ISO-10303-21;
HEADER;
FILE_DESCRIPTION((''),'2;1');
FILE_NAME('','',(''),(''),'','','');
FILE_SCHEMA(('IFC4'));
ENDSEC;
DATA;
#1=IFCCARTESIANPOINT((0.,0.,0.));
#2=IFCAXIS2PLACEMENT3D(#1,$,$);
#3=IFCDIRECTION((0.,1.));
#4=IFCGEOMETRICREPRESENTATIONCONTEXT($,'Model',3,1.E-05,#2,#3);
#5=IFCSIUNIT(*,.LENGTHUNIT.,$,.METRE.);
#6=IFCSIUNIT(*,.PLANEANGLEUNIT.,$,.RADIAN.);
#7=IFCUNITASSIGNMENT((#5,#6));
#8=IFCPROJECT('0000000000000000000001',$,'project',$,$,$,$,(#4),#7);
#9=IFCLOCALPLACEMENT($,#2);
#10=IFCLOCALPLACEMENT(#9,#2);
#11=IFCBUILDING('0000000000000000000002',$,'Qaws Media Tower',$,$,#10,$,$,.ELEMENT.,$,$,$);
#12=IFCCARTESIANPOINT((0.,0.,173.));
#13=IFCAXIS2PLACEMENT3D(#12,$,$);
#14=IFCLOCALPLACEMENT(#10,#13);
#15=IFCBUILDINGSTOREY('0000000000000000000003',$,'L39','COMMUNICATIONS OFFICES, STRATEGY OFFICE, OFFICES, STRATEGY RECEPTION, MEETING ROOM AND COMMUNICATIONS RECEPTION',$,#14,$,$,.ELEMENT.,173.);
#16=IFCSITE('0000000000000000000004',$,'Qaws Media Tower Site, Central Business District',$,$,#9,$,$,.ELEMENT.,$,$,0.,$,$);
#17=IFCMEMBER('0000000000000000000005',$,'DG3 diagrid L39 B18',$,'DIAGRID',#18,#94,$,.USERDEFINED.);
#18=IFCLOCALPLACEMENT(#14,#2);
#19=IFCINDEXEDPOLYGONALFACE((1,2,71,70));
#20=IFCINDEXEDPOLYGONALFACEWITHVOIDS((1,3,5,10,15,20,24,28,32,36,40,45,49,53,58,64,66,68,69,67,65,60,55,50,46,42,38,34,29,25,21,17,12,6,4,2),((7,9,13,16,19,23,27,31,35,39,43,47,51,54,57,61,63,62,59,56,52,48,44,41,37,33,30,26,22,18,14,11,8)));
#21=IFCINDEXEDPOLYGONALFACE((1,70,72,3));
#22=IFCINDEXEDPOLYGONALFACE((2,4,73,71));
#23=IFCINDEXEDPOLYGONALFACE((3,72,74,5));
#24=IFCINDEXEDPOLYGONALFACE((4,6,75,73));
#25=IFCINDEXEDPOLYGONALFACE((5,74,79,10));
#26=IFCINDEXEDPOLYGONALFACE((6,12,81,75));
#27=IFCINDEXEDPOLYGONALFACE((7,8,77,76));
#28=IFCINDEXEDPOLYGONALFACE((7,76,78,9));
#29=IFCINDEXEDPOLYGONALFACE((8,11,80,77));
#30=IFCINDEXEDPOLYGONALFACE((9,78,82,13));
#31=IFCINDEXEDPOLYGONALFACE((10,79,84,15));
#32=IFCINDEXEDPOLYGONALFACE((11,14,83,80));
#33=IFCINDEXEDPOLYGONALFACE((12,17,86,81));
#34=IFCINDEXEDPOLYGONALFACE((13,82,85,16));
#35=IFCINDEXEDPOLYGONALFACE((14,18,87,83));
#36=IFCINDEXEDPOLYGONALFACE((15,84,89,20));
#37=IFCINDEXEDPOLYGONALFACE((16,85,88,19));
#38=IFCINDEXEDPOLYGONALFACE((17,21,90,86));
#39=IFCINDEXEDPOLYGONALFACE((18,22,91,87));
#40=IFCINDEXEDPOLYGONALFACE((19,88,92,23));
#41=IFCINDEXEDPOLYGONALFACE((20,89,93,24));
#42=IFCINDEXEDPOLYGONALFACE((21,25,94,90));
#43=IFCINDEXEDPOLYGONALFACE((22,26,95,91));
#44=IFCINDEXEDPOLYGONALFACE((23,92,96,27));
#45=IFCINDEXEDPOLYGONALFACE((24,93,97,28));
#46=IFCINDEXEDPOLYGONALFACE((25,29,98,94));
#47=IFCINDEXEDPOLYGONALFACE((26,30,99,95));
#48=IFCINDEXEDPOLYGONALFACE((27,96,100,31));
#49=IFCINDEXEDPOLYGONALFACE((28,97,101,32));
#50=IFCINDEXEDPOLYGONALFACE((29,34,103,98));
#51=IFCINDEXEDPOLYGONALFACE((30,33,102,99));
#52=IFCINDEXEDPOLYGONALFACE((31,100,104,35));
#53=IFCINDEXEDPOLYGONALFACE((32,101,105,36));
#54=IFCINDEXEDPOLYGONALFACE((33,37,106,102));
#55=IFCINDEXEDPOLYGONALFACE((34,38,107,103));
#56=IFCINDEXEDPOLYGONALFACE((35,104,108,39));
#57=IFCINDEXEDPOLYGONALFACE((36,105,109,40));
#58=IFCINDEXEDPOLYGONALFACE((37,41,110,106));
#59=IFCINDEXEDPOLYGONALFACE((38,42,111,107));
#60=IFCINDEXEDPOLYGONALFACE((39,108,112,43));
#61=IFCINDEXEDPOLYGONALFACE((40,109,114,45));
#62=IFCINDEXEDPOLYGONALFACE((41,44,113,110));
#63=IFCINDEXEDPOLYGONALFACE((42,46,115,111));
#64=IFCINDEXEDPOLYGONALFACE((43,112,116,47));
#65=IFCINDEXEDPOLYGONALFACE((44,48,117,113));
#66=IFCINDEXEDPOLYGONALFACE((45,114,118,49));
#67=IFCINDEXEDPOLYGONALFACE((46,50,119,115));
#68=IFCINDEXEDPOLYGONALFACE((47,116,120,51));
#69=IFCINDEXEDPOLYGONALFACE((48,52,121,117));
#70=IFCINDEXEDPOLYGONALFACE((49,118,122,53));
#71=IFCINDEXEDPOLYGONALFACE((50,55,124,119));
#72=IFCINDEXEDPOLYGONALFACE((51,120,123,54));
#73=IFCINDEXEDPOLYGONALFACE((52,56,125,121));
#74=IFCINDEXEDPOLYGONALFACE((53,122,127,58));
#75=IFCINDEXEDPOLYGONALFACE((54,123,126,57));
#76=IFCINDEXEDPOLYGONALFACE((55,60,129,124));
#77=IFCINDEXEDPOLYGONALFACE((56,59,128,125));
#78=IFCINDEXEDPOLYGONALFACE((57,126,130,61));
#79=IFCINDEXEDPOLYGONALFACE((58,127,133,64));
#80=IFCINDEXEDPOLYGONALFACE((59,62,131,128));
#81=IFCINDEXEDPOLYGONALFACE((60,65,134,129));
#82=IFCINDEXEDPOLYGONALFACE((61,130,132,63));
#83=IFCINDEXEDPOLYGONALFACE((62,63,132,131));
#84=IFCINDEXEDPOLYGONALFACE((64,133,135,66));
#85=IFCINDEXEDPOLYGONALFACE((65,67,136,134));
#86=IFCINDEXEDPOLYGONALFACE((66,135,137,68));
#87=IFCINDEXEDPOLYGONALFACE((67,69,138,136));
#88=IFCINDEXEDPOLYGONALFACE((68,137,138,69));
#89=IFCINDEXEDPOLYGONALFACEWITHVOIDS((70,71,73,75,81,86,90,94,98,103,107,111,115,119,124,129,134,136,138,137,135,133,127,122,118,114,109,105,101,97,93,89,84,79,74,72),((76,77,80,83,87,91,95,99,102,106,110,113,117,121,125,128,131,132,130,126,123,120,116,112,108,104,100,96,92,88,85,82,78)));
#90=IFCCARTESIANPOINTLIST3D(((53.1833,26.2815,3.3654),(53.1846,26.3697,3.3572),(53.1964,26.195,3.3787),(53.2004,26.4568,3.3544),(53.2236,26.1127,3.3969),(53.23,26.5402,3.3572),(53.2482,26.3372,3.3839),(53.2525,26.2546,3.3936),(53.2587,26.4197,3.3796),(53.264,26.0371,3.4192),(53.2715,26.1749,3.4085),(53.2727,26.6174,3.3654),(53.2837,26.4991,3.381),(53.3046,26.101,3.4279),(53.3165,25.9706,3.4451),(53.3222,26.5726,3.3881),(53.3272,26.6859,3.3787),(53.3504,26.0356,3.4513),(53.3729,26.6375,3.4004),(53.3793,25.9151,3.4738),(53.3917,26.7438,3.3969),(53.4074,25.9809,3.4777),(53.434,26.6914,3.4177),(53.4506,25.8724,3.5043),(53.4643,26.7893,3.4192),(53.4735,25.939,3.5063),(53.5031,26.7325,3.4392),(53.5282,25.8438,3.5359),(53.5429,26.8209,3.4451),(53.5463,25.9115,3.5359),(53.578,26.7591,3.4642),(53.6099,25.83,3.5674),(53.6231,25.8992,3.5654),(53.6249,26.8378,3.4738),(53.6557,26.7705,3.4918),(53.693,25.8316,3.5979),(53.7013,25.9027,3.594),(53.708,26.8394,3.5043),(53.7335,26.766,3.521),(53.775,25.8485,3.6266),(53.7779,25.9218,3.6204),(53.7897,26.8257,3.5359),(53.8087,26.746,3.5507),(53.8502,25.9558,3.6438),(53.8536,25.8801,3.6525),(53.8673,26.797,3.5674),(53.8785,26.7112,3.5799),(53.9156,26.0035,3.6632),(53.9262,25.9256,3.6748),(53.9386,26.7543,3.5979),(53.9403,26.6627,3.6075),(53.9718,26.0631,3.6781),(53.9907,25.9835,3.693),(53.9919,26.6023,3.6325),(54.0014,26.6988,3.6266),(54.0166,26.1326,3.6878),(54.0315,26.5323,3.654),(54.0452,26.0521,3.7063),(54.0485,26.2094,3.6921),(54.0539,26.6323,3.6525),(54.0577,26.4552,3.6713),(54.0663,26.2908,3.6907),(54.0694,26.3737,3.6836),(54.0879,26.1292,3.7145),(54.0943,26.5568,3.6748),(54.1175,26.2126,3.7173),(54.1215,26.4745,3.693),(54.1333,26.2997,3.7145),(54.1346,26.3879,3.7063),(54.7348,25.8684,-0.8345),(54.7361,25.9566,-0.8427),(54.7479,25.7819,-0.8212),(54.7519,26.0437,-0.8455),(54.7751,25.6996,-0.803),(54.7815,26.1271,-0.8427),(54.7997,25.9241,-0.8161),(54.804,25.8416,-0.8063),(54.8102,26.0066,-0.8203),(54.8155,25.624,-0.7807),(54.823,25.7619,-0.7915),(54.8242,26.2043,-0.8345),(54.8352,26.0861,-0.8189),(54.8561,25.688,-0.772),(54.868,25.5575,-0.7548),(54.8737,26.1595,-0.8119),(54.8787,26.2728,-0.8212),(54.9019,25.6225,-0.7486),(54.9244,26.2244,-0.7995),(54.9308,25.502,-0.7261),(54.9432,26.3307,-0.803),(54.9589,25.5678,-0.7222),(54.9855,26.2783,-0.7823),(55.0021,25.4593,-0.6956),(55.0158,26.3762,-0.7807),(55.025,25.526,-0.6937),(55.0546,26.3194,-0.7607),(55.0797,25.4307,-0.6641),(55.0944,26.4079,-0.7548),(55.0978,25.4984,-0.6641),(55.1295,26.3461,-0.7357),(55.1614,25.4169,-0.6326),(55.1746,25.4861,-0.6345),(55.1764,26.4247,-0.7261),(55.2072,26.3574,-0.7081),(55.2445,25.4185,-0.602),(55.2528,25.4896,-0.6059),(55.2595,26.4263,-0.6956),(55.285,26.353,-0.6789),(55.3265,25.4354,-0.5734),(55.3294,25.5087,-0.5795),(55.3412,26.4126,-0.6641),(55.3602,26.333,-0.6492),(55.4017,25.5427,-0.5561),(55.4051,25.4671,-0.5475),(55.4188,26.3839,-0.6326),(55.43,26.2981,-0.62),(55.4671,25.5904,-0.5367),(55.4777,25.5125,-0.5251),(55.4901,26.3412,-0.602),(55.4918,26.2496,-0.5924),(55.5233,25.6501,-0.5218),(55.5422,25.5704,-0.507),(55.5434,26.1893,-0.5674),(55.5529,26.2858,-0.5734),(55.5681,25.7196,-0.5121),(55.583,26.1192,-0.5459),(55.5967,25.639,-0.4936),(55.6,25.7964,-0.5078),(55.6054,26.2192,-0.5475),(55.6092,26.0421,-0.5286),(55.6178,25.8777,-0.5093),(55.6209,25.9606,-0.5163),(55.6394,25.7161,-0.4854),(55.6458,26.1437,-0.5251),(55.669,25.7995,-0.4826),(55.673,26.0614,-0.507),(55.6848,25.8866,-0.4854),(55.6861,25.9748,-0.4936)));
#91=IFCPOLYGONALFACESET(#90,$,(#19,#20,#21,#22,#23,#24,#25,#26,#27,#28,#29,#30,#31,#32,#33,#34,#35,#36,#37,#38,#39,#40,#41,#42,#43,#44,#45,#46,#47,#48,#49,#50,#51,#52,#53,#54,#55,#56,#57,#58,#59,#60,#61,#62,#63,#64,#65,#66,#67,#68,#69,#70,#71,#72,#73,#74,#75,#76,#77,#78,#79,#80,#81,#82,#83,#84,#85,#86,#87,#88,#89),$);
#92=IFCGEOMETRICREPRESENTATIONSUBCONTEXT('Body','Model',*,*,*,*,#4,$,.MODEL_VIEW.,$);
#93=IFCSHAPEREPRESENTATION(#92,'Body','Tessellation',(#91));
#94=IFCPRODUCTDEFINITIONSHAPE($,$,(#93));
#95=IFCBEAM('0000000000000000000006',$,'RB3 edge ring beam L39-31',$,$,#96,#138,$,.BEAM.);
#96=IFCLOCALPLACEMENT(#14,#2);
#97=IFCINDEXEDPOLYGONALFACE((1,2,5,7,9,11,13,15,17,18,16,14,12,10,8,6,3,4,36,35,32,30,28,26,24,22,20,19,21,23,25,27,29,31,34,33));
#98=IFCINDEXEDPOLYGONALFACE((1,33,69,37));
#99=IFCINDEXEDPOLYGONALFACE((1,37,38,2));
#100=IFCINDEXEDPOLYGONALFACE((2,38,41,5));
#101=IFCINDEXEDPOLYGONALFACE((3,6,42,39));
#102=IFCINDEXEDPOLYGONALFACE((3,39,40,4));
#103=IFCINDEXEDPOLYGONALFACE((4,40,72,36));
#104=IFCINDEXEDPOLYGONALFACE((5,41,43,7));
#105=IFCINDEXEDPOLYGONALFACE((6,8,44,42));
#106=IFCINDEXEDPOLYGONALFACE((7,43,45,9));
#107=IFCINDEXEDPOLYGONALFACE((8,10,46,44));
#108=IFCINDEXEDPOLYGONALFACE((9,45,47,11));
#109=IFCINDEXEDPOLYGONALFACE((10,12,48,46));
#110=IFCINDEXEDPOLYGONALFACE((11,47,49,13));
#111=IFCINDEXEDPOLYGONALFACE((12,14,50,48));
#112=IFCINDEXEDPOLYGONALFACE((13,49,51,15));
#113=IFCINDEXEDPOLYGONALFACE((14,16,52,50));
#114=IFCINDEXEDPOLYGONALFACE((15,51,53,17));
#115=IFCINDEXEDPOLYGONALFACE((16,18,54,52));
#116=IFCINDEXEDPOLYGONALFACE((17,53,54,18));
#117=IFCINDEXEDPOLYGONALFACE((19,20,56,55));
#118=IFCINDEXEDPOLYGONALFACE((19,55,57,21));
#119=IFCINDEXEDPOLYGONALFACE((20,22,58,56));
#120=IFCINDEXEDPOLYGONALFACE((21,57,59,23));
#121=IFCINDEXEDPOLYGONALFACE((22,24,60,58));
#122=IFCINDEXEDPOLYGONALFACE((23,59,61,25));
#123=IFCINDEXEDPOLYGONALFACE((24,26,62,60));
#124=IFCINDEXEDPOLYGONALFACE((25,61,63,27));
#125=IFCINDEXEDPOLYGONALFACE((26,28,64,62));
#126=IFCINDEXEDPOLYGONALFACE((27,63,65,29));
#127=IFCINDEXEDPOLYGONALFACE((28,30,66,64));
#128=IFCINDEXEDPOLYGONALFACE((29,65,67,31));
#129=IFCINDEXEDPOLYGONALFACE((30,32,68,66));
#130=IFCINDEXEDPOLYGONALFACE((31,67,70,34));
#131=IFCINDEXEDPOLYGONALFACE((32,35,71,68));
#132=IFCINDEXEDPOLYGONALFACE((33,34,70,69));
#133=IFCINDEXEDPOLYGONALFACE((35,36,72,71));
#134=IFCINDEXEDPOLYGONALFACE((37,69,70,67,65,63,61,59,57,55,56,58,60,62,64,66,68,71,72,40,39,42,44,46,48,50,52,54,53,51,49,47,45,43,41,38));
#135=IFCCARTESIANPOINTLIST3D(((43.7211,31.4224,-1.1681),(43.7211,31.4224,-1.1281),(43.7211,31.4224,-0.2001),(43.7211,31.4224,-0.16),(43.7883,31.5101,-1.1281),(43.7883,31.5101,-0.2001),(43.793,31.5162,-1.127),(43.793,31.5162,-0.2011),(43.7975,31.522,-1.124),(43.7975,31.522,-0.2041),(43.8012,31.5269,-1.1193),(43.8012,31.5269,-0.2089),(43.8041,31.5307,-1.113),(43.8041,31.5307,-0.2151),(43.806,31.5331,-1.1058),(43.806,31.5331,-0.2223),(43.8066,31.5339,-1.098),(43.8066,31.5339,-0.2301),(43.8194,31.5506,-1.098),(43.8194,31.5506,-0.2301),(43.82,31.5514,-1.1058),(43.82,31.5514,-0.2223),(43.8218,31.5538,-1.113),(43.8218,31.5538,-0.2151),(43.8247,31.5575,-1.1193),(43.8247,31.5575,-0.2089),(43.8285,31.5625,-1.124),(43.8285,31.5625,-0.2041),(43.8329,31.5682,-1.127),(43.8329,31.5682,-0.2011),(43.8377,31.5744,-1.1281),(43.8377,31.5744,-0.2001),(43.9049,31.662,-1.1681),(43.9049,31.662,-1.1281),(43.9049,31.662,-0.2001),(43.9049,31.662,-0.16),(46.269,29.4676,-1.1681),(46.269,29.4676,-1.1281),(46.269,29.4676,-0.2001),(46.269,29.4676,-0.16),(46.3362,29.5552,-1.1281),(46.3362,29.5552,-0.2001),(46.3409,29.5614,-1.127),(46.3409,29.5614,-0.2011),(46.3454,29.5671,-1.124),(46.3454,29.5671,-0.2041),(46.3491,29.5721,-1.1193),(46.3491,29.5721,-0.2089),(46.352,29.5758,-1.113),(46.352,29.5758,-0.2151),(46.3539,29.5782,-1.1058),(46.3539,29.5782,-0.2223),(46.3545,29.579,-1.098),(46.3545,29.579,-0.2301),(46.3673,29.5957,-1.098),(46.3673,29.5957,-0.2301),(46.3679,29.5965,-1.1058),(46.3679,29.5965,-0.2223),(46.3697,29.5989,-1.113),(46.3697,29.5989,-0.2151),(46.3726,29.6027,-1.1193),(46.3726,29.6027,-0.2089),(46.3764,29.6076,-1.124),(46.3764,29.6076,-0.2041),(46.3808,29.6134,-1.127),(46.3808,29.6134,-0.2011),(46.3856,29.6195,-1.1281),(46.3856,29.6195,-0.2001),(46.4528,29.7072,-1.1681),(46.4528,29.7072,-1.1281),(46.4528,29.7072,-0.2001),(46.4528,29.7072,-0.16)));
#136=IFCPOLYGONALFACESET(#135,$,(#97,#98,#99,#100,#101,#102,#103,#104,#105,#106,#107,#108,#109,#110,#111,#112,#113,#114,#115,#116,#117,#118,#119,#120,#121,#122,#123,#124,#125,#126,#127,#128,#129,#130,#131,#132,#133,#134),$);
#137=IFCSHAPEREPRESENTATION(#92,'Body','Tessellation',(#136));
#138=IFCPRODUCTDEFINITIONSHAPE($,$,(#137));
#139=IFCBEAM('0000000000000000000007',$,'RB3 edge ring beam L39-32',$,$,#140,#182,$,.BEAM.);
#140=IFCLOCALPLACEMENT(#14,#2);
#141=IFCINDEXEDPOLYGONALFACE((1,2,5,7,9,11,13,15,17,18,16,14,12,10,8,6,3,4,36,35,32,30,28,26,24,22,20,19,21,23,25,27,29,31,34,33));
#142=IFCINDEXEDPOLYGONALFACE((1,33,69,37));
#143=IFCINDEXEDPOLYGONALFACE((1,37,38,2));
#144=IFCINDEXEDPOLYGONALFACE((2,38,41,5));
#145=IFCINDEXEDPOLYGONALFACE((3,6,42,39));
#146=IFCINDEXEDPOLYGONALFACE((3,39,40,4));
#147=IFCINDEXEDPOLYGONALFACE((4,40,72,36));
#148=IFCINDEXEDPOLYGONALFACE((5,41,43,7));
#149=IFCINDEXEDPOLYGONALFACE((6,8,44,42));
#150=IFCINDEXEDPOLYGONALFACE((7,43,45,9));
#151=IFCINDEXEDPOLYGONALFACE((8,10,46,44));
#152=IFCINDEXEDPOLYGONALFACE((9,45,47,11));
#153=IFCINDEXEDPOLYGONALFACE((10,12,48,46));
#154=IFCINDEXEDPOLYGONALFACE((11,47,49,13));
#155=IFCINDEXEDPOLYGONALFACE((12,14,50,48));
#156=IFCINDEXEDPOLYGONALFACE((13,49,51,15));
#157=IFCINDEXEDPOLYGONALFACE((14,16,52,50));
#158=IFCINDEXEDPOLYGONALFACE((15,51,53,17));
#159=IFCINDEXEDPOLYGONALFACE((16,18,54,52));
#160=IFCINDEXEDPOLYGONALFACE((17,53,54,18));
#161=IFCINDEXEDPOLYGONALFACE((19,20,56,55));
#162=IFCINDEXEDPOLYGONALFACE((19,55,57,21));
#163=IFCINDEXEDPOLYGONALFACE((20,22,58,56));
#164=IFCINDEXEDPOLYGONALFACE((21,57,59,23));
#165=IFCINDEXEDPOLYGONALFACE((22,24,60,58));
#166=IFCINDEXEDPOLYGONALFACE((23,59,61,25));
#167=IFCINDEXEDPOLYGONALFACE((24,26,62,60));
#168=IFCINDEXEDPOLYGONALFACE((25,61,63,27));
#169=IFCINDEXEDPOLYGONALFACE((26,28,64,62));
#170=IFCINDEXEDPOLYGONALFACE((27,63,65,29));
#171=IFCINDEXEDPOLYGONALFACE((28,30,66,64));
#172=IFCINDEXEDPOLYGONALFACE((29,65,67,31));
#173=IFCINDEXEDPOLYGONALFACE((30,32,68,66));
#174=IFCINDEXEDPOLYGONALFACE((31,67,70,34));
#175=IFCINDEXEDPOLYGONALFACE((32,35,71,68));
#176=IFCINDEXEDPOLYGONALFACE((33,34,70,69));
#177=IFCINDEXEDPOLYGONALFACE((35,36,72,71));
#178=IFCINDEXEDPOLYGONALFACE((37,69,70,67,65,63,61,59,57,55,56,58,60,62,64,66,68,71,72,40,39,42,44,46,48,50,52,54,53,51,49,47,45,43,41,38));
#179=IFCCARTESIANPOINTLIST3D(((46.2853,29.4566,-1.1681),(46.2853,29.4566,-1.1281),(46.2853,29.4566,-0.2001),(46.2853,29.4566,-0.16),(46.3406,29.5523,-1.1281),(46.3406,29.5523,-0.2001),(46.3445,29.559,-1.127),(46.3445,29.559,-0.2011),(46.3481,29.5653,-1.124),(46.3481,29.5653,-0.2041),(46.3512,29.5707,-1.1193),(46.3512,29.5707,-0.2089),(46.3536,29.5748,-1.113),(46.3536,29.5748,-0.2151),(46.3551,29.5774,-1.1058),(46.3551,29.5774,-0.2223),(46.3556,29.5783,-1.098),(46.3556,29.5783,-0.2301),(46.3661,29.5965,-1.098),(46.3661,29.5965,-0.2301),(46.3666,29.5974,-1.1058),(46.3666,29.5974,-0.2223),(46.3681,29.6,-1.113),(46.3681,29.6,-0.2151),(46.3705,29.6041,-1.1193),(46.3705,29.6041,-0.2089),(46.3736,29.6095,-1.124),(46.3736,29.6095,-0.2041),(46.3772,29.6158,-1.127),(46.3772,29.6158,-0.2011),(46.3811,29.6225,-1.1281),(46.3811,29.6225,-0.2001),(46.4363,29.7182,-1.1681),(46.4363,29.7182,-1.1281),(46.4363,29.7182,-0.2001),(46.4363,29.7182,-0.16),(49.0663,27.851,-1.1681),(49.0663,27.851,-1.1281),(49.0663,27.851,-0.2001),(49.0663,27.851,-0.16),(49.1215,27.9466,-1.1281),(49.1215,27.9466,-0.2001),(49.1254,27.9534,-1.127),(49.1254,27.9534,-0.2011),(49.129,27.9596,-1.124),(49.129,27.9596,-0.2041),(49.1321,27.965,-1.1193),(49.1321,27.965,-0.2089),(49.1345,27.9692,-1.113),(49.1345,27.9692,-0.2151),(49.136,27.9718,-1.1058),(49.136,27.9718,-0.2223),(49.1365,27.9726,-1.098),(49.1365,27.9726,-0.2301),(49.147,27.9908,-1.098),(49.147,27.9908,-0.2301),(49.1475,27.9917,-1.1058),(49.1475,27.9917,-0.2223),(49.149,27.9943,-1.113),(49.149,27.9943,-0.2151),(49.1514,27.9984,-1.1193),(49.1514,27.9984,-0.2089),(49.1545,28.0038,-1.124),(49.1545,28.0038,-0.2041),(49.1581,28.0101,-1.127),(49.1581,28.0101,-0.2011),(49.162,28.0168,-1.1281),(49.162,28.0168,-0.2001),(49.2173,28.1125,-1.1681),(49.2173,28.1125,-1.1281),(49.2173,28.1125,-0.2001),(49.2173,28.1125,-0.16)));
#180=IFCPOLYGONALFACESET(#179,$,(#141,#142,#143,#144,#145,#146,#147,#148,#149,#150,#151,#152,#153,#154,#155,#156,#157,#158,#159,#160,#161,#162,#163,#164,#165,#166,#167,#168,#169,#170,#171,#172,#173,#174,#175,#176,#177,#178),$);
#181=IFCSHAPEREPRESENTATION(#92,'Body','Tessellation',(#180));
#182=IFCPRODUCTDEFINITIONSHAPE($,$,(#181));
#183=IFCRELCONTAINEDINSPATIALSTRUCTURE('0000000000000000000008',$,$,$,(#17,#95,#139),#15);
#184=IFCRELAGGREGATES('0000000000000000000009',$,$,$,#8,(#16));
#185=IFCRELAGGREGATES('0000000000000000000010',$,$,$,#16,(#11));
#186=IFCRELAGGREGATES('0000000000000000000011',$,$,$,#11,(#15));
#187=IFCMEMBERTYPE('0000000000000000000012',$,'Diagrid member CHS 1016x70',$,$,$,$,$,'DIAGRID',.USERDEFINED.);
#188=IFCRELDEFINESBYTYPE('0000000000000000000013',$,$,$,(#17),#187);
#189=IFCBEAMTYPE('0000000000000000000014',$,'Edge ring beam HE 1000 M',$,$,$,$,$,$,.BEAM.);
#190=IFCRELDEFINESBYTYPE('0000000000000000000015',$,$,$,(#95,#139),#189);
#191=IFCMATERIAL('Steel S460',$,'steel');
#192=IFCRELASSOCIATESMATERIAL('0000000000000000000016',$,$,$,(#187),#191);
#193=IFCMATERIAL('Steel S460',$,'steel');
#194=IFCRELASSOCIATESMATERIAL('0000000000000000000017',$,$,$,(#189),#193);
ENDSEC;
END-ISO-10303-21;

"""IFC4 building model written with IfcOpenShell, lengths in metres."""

from ifc_helpers import new_model, si_unit, direction, frame, origin, origin_2d, place, context, subcontext, project, spatial, hollow_circle, i_section, extrude, material, material_profile, profile_set, type_object, element, save


model = new_model("IFC4")

# Units and contexts
model_context = context("Model", 3, precision=1e-05, world=origin(), true_north=direction((0.0, 1.0)))
body_context = subcontext(model_context, "Body", "Model", "MODEL_VIEW")
ifc_project = project(units=[si_unit("LENGTHUNIT", "METRE"), si_unit("PLANEANGLEUNIT", "RADIAN")], contexts=[model_context])

# Site, building, storey
site_placement = place(None, origin())
site = spatial("IfcSite", under=ifc_project, at=site_placement, Name="Qaws Media Tower Site, Central Business District", CompositionType="ELEMENT", RefElevation=0.0)
building_placement = place(site_placement, origin())
building = spatial("IfcBuilding", under=site, at=building_placement, Name="Qaws Media Tower", CompositionType="ELEMENT")
storey_placement = place(building_placement, frame((0.0, 0.0, 173.0)))
storey = spatial("IfcBuildingStorey", under=building, at=storey_placement, Name="L39", Description="COMMUNICATIONS OFFICES, STRATEGY OFFICE, OFFICES, STRATEGY RECEPTION, MEETING ROOM AND COMMUNICATIONS RECEPTION", CompositionType="ELEMENT", Elevation=173.0)

# Member
ifc_material_1 = material(Name="Steel S460", Category="steel")
ifc_material_profile_1 = material_profile(ifc_material_1, hollow_circle(Radius=0.5081, WallThickness=0.0701, at=origin_2d()), Name="CHS 1016x70")
ifc_profile_set_1 = profile_set([ifc_material_profile_1], Name="Steel S460")
member_type_1 = type_object("IfcMemberType", Name="Diagrid member CHS 1016x70", ElementType="DIAGRID", PredefinedType="USERDEFINED", material=ifc_profile_set_1)
for number, where, z_axis, x_axis, name in (
    (1, (55.2104, 25.9216, -0.6641), (-0.345058, 0.091871, 0.934074), (-0.257284, -0.966336, 0.0), "DG3 diagrid L39 B18"),
):
    element("IfcMember", number, at=place(storey_placement, frame(where, z_axis=z_axis, x_axis=x_axis)), inside=storey, type_object=member_type_1, Name=name, ObjectType="DIAGRID", PredefinedType="USERDEFINED", context=body_context, shape_type="SweptSolid", body=[
        extrude(hollow_circle(Radius=0.5081, WallThickness=0.0701, at=origin_2d()), origin(), (0.0, 0.0, 1.0), 4.4963),
    ])

# Beams
ifc_material_2 = material(Name="Steel S460", Category="steel")
ifc_material_profile_2 = material_profile(ifc_material_2, i_section(OverallWidth=0.302, OverallDepth=1.0081, WebThickness=0.021, FlangeThickness=0.04, FilletRadius=0.03, at=origin_2d()), Name="HE 1000 M")
ifc_profile_set_2 = profile_set([ifc_material_profile_2], Name="Steel S460")
beam_type = type_object("IfcBeamType", Name="Edge ring beam HE 1000 M", PredefinedType="BEAM", material=ifc_profile_set_2)
beam_1_placement = place(storey_placement, frame((43.813, 31.5422, -0.6641), z_axis=(0.793384, -0.608722, 0.0), x_axis=(0.608722, 0.793384, 0.0)))
element("IfcBeam", 2, at=beam_1_placement, inside=storey, type_object=beam_type, Name="RB3 edge ring beam L39-31", PredefinedType="BEAM", context=body_context, shape_type="SweptSolid", body=[
    extrude(i_section(OverallWidth=0.302, OverallDepth=1.0081, WebThickness=0.021, FlangeThickness=0.04, FilletRadius=0.03, at=origin_2d()), origin(), (0.0, 0.0, 1.0), 3.2114),
])
for number, where, z_axis, x_axis, name in (
    (3, (46.3608, 29.5874, -0.6641), (0.866012, -0.500023, 0.0), (0.500023, 0.866012, 0.0), "RB3 edge ring beam L39-32"),
):
    element("IfcBeam", number, at=place(storey_placement, frame(where, z_axis=z_axis, x_axis=x_axis)), inside=storey, type_object=beam_type, Name=name, PredefinedType="BEAM", context=body_context, shape_type="SweptSolid", body=[
        extrude(i_section(OverallWidth=0.302, OverallDepth=1.0081, WebThickness=0.021, FlangeThickness=0.04, FilletRadius=0.03, at=origin_2d()), origin(), (0.0, 0.0, 1.0), 3.2112),
    ])

save(model, "model.ifc")
